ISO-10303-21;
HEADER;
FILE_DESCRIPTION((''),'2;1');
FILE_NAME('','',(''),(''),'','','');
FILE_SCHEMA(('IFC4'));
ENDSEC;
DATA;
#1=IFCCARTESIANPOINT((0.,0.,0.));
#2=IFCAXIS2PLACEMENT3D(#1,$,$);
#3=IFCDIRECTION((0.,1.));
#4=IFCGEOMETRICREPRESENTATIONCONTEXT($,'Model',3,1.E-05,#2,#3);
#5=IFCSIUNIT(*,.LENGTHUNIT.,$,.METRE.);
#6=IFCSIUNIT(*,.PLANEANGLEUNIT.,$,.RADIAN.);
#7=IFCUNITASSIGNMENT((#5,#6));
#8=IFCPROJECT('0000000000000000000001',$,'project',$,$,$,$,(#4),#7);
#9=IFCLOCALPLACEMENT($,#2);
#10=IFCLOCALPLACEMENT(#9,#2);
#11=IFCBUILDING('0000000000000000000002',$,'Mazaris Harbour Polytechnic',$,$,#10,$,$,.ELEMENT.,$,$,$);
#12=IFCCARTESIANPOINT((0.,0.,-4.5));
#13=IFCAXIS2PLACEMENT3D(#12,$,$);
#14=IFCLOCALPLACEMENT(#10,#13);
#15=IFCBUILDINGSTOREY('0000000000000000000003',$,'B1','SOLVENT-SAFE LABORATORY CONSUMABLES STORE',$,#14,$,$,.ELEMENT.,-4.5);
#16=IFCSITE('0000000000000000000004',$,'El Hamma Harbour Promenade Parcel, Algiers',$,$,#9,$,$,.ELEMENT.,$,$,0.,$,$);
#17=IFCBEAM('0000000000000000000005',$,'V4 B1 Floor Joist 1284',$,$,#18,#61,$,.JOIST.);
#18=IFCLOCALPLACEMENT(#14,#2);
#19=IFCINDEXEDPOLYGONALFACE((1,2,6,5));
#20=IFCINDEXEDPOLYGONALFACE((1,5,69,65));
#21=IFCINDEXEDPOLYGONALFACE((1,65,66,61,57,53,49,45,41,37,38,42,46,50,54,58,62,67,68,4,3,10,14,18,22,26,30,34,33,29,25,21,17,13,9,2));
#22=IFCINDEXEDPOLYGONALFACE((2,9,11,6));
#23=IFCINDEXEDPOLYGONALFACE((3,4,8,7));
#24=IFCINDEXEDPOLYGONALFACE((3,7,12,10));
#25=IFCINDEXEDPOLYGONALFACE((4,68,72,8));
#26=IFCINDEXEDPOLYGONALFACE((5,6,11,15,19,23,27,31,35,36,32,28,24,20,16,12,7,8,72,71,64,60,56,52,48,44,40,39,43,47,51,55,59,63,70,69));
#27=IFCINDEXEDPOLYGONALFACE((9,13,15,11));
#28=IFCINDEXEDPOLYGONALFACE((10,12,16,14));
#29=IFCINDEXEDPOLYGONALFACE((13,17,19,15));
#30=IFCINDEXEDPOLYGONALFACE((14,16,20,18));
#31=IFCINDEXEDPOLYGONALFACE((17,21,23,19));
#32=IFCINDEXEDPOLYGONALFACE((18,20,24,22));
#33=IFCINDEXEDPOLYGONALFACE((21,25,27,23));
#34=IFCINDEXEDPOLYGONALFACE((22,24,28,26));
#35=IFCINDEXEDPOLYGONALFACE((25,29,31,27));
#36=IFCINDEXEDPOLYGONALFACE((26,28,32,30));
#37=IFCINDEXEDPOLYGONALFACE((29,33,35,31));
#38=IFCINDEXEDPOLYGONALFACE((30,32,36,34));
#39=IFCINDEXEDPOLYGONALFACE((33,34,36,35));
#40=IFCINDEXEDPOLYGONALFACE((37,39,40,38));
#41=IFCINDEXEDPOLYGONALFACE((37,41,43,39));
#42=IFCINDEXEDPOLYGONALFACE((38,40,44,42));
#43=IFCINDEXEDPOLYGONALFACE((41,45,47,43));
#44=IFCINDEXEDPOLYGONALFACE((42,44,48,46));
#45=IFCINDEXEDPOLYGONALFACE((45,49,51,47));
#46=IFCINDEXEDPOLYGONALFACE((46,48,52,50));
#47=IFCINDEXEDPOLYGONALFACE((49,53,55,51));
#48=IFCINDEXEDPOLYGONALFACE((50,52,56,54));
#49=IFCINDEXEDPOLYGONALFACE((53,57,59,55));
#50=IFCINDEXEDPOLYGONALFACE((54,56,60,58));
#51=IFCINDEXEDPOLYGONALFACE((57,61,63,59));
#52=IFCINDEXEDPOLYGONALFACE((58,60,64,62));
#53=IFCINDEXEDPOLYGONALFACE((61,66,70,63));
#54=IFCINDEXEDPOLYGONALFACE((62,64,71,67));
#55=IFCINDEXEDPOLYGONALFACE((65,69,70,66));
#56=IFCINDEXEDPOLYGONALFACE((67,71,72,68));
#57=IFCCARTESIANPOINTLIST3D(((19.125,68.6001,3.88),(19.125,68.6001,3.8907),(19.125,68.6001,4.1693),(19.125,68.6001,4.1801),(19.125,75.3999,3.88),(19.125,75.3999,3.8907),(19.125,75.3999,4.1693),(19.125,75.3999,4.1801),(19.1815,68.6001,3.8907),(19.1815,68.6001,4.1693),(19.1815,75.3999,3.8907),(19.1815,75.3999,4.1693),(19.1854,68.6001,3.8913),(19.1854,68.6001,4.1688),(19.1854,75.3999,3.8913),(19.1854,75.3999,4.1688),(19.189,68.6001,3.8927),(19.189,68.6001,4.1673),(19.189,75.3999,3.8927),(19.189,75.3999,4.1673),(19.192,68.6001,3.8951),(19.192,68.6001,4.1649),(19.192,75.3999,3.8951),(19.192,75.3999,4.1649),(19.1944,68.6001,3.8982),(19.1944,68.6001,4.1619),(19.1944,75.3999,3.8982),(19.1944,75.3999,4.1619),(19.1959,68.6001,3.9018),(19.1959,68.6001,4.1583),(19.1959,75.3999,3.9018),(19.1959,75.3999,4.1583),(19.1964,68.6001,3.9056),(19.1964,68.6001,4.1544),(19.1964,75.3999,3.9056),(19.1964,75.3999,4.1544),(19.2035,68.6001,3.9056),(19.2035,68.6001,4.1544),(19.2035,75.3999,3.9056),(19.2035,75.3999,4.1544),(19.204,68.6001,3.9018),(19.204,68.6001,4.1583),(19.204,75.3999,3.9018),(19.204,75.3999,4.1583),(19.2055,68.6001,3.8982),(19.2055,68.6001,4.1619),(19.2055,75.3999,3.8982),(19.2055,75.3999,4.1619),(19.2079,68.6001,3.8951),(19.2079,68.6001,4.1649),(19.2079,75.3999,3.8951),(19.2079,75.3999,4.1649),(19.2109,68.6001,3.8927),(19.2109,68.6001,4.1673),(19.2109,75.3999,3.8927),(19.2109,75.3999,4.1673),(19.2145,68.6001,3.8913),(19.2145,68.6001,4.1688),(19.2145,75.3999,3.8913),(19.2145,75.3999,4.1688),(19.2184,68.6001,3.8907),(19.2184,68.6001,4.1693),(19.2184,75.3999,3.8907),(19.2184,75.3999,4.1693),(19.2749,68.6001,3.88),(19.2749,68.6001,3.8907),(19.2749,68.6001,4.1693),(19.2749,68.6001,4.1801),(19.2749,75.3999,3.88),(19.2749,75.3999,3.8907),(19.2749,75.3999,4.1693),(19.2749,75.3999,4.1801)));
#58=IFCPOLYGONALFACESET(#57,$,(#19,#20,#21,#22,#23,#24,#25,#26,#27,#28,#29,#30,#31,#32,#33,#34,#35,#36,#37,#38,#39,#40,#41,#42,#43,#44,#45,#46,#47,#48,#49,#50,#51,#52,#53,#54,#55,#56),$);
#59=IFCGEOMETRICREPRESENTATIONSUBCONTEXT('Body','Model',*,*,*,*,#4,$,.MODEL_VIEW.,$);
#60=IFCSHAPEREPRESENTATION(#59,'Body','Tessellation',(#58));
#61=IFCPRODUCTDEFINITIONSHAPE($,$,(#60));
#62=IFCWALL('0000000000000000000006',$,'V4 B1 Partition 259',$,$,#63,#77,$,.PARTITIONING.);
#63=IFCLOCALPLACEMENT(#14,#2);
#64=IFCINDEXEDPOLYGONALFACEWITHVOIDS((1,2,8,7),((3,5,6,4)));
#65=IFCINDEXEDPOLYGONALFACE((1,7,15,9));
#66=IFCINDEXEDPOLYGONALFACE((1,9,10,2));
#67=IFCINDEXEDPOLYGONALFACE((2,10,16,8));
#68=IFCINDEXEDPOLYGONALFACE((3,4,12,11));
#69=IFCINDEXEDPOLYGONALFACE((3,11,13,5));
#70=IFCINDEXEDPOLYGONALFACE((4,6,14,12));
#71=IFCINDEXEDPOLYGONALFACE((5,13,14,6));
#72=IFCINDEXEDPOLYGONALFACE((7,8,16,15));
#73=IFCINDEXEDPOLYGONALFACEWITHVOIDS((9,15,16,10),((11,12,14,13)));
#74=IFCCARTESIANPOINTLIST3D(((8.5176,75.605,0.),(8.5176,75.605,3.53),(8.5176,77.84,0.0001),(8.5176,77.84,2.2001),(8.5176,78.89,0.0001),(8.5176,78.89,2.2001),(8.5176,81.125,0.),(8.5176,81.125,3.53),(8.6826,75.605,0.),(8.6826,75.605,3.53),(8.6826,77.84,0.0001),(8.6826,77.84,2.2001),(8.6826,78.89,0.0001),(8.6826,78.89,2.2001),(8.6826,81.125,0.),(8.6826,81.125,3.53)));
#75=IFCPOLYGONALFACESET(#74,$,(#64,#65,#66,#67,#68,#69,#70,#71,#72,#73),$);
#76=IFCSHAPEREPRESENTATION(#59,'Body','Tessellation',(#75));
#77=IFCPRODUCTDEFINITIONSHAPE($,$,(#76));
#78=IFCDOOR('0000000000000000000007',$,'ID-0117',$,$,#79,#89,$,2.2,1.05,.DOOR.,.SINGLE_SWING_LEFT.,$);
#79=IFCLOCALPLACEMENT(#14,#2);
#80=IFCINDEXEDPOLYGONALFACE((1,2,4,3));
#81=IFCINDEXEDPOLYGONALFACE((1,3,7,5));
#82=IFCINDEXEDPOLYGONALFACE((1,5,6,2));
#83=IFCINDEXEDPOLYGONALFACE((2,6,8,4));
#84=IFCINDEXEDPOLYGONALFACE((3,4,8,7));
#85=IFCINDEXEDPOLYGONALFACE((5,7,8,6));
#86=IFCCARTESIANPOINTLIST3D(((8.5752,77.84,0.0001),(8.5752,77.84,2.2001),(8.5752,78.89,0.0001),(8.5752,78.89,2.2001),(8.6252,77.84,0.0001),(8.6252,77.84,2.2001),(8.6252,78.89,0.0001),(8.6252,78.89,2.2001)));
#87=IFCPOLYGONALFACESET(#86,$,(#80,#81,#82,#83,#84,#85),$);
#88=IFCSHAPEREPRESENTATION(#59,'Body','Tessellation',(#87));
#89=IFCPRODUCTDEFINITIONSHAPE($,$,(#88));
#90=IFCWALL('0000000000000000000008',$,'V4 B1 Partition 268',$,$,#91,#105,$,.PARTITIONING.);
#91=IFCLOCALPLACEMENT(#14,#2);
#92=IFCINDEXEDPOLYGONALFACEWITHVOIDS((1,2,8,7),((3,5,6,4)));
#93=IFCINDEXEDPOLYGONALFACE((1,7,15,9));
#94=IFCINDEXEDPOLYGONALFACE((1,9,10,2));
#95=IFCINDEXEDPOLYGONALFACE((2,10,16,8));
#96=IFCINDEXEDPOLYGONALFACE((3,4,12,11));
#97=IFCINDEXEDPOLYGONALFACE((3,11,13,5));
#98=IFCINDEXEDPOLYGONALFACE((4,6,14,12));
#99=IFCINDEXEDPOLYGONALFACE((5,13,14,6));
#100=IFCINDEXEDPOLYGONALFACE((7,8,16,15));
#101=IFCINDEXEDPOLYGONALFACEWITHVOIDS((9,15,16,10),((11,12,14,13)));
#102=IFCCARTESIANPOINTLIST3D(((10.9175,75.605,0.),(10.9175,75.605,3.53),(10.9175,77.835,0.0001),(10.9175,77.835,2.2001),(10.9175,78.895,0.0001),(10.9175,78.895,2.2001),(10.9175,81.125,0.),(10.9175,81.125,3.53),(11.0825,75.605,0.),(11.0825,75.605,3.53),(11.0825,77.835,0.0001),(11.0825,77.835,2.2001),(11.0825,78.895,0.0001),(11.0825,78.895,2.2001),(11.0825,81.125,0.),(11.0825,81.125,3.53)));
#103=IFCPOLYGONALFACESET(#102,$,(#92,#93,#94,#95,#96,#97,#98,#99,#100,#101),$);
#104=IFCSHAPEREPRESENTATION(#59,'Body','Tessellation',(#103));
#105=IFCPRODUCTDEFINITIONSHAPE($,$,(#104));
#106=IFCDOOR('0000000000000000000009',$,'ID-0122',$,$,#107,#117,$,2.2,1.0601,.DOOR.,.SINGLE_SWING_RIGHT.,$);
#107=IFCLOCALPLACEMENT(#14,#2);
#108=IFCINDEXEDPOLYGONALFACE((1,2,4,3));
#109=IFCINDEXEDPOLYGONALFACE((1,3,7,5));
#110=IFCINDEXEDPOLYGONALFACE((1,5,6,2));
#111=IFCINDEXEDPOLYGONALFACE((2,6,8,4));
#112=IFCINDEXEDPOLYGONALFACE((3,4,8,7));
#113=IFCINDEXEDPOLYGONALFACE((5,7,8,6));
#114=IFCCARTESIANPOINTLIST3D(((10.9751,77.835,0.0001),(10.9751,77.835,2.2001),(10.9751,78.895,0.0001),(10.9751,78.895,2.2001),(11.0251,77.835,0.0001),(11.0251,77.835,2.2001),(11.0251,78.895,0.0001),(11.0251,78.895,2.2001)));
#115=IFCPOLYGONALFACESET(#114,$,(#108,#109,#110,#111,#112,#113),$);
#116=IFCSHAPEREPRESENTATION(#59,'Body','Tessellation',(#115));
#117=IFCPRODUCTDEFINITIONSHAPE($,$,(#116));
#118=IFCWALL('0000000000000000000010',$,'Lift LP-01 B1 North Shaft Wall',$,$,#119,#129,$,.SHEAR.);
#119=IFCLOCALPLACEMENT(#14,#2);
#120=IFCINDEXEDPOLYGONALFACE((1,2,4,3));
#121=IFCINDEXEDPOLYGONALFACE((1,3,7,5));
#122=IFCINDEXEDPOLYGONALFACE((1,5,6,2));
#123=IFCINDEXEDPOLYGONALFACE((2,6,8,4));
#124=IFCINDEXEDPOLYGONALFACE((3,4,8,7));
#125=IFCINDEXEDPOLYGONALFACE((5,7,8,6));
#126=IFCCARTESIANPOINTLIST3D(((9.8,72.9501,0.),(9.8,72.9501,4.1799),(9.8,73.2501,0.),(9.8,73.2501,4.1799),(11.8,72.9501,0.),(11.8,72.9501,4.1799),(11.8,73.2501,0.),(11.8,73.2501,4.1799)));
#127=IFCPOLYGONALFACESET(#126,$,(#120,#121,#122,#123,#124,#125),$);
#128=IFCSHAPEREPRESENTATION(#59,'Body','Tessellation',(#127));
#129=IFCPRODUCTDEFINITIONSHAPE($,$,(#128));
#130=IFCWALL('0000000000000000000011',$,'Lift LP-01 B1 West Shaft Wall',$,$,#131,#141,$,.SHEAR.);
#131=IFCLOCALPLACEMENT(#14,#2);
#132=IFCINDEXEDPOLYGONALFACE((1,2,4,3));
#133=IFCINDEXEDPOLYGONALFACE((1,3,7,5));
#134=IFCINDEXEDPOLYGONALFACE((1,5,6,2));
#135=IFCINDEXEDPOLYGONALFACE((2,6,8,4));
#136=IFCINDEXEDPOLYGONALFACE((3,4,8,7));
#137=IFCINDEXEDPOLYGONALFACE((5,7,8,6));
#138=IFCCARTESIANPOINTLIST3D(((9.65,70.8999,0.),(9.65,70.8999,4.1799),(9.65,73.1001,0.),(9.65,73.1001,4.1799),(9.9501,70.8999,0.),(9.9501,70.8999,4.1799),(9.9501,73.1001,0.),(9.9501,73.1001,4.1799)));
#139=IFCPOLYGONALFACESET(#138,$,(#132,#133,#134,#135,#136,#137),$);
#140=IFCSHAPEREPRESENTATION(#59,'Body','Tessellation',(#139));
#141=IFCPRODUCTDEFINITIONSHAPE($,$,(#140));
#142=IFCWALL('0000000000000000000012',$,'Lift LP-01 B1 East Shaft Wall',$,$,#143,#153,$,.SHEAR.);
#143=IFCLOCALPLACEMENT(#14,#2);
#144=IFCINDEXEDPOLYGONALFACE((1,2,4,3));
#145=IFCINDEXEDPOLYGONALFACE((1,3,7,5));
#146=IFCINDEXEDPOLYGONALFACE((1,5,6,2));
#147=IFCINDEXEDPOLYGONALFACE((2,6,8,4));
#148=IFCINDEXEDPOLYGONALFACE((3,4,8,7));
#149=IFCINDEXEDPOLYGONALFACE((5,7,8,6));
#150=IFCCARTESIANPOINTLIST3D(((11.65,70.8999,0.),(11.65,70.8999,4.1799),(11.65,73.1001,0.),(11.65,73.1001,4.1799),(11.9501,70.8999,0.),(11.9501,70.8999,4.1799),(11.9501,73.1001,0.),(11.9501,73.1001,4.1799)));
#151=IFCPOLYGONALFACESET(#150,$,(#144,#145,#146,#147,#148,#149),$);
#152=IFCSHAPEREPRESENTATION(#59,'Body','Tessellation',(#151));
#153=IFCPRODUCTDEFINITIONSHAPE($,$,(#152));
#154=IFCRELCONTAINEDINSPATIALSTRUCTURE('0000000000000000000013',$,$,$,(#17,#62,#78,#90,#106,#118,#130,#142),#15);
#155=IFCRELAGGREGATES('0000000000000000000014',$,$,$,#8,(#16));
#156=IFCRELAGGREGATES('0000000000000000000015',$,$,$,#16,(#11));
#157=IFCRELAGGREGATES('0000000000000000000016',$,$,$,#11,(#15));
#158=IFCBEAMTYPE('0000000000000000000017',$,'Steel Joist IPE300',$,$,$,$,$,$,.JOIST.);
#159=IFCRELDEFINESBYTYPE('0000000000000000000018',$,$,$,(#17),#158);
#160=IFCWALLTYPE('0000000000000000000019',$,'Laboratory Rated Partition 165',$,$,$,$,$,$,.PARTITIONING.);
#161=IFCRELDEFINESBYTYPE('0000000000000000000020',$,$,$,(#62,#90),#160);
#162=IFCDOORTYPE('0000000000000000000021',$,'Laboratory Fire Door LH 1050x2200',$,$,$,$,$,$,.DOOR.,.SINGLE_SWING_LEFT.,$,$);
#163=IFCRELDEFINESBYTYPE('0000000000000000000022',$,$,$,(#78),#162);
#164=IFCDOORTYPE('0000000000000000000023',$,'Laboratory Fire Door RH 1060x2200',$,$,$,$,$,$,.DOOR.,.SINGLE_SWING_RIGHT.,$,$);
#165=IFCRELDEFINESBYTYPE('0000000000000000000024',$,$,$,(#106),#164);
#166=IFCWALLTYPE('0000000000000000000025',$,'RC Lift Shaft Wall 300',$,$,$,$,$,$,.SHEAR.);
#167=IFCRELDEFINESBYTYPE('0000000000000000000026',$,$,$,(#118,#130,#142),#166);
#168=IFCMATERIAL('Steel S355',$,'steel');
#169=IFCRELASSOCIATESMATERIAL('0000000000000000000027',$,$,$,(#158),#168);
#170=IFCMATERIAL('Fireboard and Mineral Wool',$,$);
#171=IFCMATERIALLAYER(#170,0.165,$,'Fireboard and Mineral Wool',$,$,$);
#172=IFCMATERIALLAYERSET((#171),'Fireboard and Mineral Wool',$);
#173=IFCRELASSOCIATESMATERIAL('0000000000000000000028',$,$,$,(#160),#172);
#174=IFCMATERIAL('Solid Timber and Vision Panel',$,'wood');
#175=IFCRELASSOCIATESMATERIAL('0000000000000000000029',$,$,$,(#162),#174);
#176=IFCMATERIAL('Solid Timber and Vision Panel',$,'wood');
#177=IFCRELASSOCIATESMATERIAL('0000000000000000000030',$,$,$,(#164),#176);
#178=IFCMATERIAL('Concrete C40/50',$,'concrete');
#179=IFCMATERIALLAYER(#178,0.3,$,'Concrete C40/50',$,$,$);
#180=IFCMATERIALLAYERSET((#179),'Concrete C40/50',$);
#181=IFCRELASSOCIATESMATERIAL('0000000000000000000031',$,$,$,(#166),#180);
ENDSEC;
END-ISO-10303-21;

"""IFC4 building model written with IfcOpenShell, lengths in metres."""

from ifc_helpers import new_model, si_unit, direction, frame, frame_2d, origin, origin_2d, place, context, subcontext, project, spatial, rectangle, i_section, extrude, material, layer, layer_set, material_profile, profile_set, type_object, element, fill, save


model = new_model("IFC4")

# Units and contexts
model_context = context("Model", 3, precision=1e-05, world=origin(), true_north=direction((0.0, 1.0)))
body_context = subcontext(model_context, "Body", "Model", "MODEL_VIEW")
ifc_project = project(units=[si_unit("LENGTHUNIT", "METRE"), si_unit("PLANEANGLEUNIT", "RADIAN")], contexts=[model_context])

# Site, building, storey
site_placement = place(None, origin())
site = spatial("IfcSite", under=ifc_project, at=site_placement, Name="El Hamma Harbour Promenade Parcel, Algiers", CompositionType="ELEMENT", RefElevation=0.0)
building_placement = place(site_placement, origin())
building = spatial("IfcBuilding", under=site, at=building_placement, Name="Mazaris Harbour Polytechnic", CompositionType="ELEMENT")
storey_placement = place(building_placement, frame((0.0, 0.0, -4.5)))
storey = spatial("IfcBuildingStorey", under=building, at=storey_placement, Name="B1", Description="SOLVENT-SAFE LABORATORY CONSUMABLES STORE", CompositionType="ELEMENT", Elevation=-4.5)

# Beam
ifc_material_1 = material(Name="Steel S355", Category="steel")
ifc_material_profile_1 = material_profile(ifc_material_1, i_section(OverallWidth=0.1499, OverallDepth=0.3, WebThickness=0.0071, FlangeThickness=0.0107, FilletRadius=0.0149, at=origin_2d()), Name="IPE 300")
ifc_profile_set_1 = profile_set([ifc_material_profile_1], Name="Steel S355")
beam_type_1 = type_object("IfcBeamType", Name="Steel Joist IPE300", PredefinedType="JOIST", material=ifc_profile_set_1)
beam_1_placement = place(storey_placement, frame((19.2, 68.6001, 4.03), z_axis=(0.0, 1.0, 0.0), x_axis=(-1.0, 0.0, 0.0)))
element("IfcBeam", 1, at=beam_1_placement, inside=storey, type_object=beam_type_1, Name="V4 B1 Floor Joist 1284", PredefinedType="JOIST", context=body_context, shape_type="SweptSolid", body=[
    extrude(i_section(OverallWidth=0.1499, OverallDepth=0.3, WebThickness=0.0071, FlangeThickness=0.0107, FilletRadius=0.0149, at=origin_2d()), origin(), (0.0, 0.0, 1.0), 6.7998),
])

# Walls, openings, doors
ifc_material_2 = material(Name="Fireboard and Mineral Wool")
ifc_layer_1 = layer(ifc_material_2, 0.165, Name="Fireboard and Mineral Wool")
ifc_layer_set_1 = layer_set([ifc_layer_1], Name="Fireboard and Mineral Wool")
wall_type_1 = type_object("IfcWallType", Name="Laboratory Rated Partition 165", PredefinedType="PARTITIONING", material=ifc_layer_set_1)
wall_1_placement = place(storey_placement, frame((8.6001, 75.605, 0.0), z_axis=(0.0, 0.0, 1.0), x_axis=(0.0, 1.0, 0.0)))
wall_1 = element("IfcWall", 2, at=wall_1_placement, inside=storey, type_object=wall_type_1, Name="V4 B1 Partition 259", PredefinedType="PARTITIONING", context=body_context, shape_type="SweptSolid", body=[
    extrude(rectangle(XDim=5.52, YDim=0.165, at=frame_2d((2.76, 0.0))), origin(), (0.0, 0.0, 1.0), 3.53),
])
opening_1_placement = place(wall_1_placement, frame((2.2351, 0.0, 0.0)))
opening_1 = element("IfcOpeningElement", 3, at=opening_1_placement, cuts=wall_1, PredefinedType="OPENING", context=body_context, shape_type="SweptSolid", body=[
    extrude(rectangle(XDim=1.05, YDim=2.2, at=frame_2d((0.5249, 1.1001))), frame((0.0, 0.0925, 0.0), z_axis=(0.0, -1.0, 0.0), x_axis=(1.0, 0.0, 0.0)), (0.0, 0.0, 1.0), 0.1851),
])
ifc_material_3 = material(Name="Solid Timber and Vision Panel", Category="wood")
door_type_1 = type_object("IfcDoorType", Name="Laboratory Fire Door LH 1050x2200", OperationType="SINGLE_SWING_LEFT", PredefinedType="DOOR", material=ifc_material_3)
door_1_placement = place(opening_1_placement, origin())
door_1 = element("IfcDoor", 4, at=door_1_placement, inside=storey, type_object=door_type_1, Name="ID-0117", OperationType="SINGLE_SWING_LEFT", OverallHeight=2.2, OverallWidth=1.05, PredefinedType="DOOR", context=body_context, shape_type="SweptSolid", body=[
    extrude(rectangle(XDim=1.05, YDim=2.2, at=frame_2d((0.5249, 1.1001))), frame((0.0, 0.0249, 0.0), z_axis=(0.0, -1.0, 0.0), x_axis=(1.0, 0.0, 0.0)), (0.0, 0.0, 1.0), 0.05),
])
fill(opening_1, door_1)
wall_2_placement = place(storey_placement, frame((11.0, 75.605, 0.0), z_axis=(0.0, 0.0, 1.0), x_axis=(0.0, 1.0, 0.0)))
wall_2 = element("IfcWall", 5, at=wall_2_placement, inside=storey, type_object=wall_type_1, Name="V4 B1 Partition 268", PredefinedType="PARTITIONING", context=body_context, shape_type="SweptSolid", body=[
    extrude(rectangle(XDim=5.52, YDim=0.165, at=frame_2d((2.76, 0.0))), origin(), (0.0, 0.0, 1.0), 3.53),
])
opening_2_placement = place(wall_2_placement, frame((2.23, 0.0, 0.0)))
opening_2 = element("IfcOpeningElement", 6, at=opening_2_placement, cuts=wall_2, PredefinedType="OPENING", context=body_context, shape_type="SweptSolid", body=[
    extrude(rectangle(XDim=1.0601, YDim=2.2, at=frame_2d((0.53, 1.1001))), frame((0.0, 0.0925, 0.0), z_axis=(0.0, -1.0, 0.0), x_axis=(1.0, 0.0, 0.0)), (0.0, 0.0, 1.0), 0.1851),
])
ifc_material_4 = material(Name="Solid Timber and Vision Panel", Category="wood")
door_type_2 = type_object("IfcDoorType", Name="Laboratory Fire Door RH 1060x2200", OperationType="SINGLE_SWING_RIGHT", PredefinedType="DOOR", material=ifc_material_4)
door_2_placement = place(opening_2_placement, origin())
door_2 = element("IfcDoor", 7, at=door_2_placement, inside=storey, type_object=door_type_2, Name="ID-0122", OperationType="SINGLE_SWING_RIGHT", OverallHeight=2.2, OverallWidth=1.0601, PredefinedType="DOOR", context=body_context, shape_type="SweptSolid", body=[
    extrude(rectangle(XDim=1.0601, YDim=2.2, at=frame_2d((0.53, 1.1001))), frame((0.0, 0.0249, 0.0), z_axis=(0.0, -1.0, 0.0), x_axis=(1.0, 0.0, 0.0)), (0.0, 0.0, 1.0), 0.05),
])
fill(opening_2, door_2)

# Walls
ifc_material_5 = material(Name="Concrete C40/50", Category="concrete")
ifc_layer_2 = layer(ifc_material_5, 0.3, Name="Concrete C40/50")
ifc_layer_set_2 = layer_set([ifc_layer_2], Name="Concrete C40/50")
wall_type_2 = type_object("IfcWallType", Name="RC Lift Shaft Wall 300", PredefinedType="SHEAR", material=ifc_layer_set_2)
wall_3_placement = place(storey_placement, frame((11.8, 73.1001, 0.0), z_axis=(0.0, 0.0, 1.0), x_axis=(-1.0, 0.0, 0.0)))
element("IfcWall", 8, at=wall_3_placement, inside=storey, type_object=wall_type_2, Name="Lift LP-01 B1 North Shaft Wall", PredefinedType="SHEAR", context=body_context, shape_type="SweptSolid", body=[
    extrude(rectangle(XDim=2.0, YDim=0.3, at=frame_2d((1.0, 0.0))), origin(), (0.0, 0.0, 1.0), 4.1799),
])
for number, where, z_axis, x_axis, name in (
    (9, (9.8, 73.1001, 0.0), (0.0, 0.0, 1.0), (0.0, -1.0, 0.0), "Lift LP-01 B1 West Shaft Wall"),
    (10, (11.8, 70.8999, 0.0), (0.0, 0.0, 1.0), (0.0, 1.0, 0.0), "Lift LP-01 B1 East Shaft Wall"),
):
    element("IfcWall", number, at=place(storey_placement, frame(where, z_axis=z_axis, x_axis=x_axis)), inside=storey, type_object=wall_type_2, Name=name, PredefinedType="SHEAR", context=body_context, shape_type="SweptSolid", body=[
        extrude(rectangle(XDim=2.2002, YDim=0.3, at=frame_2d((1.1001, 0.0))), origin(), (0.0, 0.0, 1.0), 4.1799),
    ])

save(model, "model.ifc")
